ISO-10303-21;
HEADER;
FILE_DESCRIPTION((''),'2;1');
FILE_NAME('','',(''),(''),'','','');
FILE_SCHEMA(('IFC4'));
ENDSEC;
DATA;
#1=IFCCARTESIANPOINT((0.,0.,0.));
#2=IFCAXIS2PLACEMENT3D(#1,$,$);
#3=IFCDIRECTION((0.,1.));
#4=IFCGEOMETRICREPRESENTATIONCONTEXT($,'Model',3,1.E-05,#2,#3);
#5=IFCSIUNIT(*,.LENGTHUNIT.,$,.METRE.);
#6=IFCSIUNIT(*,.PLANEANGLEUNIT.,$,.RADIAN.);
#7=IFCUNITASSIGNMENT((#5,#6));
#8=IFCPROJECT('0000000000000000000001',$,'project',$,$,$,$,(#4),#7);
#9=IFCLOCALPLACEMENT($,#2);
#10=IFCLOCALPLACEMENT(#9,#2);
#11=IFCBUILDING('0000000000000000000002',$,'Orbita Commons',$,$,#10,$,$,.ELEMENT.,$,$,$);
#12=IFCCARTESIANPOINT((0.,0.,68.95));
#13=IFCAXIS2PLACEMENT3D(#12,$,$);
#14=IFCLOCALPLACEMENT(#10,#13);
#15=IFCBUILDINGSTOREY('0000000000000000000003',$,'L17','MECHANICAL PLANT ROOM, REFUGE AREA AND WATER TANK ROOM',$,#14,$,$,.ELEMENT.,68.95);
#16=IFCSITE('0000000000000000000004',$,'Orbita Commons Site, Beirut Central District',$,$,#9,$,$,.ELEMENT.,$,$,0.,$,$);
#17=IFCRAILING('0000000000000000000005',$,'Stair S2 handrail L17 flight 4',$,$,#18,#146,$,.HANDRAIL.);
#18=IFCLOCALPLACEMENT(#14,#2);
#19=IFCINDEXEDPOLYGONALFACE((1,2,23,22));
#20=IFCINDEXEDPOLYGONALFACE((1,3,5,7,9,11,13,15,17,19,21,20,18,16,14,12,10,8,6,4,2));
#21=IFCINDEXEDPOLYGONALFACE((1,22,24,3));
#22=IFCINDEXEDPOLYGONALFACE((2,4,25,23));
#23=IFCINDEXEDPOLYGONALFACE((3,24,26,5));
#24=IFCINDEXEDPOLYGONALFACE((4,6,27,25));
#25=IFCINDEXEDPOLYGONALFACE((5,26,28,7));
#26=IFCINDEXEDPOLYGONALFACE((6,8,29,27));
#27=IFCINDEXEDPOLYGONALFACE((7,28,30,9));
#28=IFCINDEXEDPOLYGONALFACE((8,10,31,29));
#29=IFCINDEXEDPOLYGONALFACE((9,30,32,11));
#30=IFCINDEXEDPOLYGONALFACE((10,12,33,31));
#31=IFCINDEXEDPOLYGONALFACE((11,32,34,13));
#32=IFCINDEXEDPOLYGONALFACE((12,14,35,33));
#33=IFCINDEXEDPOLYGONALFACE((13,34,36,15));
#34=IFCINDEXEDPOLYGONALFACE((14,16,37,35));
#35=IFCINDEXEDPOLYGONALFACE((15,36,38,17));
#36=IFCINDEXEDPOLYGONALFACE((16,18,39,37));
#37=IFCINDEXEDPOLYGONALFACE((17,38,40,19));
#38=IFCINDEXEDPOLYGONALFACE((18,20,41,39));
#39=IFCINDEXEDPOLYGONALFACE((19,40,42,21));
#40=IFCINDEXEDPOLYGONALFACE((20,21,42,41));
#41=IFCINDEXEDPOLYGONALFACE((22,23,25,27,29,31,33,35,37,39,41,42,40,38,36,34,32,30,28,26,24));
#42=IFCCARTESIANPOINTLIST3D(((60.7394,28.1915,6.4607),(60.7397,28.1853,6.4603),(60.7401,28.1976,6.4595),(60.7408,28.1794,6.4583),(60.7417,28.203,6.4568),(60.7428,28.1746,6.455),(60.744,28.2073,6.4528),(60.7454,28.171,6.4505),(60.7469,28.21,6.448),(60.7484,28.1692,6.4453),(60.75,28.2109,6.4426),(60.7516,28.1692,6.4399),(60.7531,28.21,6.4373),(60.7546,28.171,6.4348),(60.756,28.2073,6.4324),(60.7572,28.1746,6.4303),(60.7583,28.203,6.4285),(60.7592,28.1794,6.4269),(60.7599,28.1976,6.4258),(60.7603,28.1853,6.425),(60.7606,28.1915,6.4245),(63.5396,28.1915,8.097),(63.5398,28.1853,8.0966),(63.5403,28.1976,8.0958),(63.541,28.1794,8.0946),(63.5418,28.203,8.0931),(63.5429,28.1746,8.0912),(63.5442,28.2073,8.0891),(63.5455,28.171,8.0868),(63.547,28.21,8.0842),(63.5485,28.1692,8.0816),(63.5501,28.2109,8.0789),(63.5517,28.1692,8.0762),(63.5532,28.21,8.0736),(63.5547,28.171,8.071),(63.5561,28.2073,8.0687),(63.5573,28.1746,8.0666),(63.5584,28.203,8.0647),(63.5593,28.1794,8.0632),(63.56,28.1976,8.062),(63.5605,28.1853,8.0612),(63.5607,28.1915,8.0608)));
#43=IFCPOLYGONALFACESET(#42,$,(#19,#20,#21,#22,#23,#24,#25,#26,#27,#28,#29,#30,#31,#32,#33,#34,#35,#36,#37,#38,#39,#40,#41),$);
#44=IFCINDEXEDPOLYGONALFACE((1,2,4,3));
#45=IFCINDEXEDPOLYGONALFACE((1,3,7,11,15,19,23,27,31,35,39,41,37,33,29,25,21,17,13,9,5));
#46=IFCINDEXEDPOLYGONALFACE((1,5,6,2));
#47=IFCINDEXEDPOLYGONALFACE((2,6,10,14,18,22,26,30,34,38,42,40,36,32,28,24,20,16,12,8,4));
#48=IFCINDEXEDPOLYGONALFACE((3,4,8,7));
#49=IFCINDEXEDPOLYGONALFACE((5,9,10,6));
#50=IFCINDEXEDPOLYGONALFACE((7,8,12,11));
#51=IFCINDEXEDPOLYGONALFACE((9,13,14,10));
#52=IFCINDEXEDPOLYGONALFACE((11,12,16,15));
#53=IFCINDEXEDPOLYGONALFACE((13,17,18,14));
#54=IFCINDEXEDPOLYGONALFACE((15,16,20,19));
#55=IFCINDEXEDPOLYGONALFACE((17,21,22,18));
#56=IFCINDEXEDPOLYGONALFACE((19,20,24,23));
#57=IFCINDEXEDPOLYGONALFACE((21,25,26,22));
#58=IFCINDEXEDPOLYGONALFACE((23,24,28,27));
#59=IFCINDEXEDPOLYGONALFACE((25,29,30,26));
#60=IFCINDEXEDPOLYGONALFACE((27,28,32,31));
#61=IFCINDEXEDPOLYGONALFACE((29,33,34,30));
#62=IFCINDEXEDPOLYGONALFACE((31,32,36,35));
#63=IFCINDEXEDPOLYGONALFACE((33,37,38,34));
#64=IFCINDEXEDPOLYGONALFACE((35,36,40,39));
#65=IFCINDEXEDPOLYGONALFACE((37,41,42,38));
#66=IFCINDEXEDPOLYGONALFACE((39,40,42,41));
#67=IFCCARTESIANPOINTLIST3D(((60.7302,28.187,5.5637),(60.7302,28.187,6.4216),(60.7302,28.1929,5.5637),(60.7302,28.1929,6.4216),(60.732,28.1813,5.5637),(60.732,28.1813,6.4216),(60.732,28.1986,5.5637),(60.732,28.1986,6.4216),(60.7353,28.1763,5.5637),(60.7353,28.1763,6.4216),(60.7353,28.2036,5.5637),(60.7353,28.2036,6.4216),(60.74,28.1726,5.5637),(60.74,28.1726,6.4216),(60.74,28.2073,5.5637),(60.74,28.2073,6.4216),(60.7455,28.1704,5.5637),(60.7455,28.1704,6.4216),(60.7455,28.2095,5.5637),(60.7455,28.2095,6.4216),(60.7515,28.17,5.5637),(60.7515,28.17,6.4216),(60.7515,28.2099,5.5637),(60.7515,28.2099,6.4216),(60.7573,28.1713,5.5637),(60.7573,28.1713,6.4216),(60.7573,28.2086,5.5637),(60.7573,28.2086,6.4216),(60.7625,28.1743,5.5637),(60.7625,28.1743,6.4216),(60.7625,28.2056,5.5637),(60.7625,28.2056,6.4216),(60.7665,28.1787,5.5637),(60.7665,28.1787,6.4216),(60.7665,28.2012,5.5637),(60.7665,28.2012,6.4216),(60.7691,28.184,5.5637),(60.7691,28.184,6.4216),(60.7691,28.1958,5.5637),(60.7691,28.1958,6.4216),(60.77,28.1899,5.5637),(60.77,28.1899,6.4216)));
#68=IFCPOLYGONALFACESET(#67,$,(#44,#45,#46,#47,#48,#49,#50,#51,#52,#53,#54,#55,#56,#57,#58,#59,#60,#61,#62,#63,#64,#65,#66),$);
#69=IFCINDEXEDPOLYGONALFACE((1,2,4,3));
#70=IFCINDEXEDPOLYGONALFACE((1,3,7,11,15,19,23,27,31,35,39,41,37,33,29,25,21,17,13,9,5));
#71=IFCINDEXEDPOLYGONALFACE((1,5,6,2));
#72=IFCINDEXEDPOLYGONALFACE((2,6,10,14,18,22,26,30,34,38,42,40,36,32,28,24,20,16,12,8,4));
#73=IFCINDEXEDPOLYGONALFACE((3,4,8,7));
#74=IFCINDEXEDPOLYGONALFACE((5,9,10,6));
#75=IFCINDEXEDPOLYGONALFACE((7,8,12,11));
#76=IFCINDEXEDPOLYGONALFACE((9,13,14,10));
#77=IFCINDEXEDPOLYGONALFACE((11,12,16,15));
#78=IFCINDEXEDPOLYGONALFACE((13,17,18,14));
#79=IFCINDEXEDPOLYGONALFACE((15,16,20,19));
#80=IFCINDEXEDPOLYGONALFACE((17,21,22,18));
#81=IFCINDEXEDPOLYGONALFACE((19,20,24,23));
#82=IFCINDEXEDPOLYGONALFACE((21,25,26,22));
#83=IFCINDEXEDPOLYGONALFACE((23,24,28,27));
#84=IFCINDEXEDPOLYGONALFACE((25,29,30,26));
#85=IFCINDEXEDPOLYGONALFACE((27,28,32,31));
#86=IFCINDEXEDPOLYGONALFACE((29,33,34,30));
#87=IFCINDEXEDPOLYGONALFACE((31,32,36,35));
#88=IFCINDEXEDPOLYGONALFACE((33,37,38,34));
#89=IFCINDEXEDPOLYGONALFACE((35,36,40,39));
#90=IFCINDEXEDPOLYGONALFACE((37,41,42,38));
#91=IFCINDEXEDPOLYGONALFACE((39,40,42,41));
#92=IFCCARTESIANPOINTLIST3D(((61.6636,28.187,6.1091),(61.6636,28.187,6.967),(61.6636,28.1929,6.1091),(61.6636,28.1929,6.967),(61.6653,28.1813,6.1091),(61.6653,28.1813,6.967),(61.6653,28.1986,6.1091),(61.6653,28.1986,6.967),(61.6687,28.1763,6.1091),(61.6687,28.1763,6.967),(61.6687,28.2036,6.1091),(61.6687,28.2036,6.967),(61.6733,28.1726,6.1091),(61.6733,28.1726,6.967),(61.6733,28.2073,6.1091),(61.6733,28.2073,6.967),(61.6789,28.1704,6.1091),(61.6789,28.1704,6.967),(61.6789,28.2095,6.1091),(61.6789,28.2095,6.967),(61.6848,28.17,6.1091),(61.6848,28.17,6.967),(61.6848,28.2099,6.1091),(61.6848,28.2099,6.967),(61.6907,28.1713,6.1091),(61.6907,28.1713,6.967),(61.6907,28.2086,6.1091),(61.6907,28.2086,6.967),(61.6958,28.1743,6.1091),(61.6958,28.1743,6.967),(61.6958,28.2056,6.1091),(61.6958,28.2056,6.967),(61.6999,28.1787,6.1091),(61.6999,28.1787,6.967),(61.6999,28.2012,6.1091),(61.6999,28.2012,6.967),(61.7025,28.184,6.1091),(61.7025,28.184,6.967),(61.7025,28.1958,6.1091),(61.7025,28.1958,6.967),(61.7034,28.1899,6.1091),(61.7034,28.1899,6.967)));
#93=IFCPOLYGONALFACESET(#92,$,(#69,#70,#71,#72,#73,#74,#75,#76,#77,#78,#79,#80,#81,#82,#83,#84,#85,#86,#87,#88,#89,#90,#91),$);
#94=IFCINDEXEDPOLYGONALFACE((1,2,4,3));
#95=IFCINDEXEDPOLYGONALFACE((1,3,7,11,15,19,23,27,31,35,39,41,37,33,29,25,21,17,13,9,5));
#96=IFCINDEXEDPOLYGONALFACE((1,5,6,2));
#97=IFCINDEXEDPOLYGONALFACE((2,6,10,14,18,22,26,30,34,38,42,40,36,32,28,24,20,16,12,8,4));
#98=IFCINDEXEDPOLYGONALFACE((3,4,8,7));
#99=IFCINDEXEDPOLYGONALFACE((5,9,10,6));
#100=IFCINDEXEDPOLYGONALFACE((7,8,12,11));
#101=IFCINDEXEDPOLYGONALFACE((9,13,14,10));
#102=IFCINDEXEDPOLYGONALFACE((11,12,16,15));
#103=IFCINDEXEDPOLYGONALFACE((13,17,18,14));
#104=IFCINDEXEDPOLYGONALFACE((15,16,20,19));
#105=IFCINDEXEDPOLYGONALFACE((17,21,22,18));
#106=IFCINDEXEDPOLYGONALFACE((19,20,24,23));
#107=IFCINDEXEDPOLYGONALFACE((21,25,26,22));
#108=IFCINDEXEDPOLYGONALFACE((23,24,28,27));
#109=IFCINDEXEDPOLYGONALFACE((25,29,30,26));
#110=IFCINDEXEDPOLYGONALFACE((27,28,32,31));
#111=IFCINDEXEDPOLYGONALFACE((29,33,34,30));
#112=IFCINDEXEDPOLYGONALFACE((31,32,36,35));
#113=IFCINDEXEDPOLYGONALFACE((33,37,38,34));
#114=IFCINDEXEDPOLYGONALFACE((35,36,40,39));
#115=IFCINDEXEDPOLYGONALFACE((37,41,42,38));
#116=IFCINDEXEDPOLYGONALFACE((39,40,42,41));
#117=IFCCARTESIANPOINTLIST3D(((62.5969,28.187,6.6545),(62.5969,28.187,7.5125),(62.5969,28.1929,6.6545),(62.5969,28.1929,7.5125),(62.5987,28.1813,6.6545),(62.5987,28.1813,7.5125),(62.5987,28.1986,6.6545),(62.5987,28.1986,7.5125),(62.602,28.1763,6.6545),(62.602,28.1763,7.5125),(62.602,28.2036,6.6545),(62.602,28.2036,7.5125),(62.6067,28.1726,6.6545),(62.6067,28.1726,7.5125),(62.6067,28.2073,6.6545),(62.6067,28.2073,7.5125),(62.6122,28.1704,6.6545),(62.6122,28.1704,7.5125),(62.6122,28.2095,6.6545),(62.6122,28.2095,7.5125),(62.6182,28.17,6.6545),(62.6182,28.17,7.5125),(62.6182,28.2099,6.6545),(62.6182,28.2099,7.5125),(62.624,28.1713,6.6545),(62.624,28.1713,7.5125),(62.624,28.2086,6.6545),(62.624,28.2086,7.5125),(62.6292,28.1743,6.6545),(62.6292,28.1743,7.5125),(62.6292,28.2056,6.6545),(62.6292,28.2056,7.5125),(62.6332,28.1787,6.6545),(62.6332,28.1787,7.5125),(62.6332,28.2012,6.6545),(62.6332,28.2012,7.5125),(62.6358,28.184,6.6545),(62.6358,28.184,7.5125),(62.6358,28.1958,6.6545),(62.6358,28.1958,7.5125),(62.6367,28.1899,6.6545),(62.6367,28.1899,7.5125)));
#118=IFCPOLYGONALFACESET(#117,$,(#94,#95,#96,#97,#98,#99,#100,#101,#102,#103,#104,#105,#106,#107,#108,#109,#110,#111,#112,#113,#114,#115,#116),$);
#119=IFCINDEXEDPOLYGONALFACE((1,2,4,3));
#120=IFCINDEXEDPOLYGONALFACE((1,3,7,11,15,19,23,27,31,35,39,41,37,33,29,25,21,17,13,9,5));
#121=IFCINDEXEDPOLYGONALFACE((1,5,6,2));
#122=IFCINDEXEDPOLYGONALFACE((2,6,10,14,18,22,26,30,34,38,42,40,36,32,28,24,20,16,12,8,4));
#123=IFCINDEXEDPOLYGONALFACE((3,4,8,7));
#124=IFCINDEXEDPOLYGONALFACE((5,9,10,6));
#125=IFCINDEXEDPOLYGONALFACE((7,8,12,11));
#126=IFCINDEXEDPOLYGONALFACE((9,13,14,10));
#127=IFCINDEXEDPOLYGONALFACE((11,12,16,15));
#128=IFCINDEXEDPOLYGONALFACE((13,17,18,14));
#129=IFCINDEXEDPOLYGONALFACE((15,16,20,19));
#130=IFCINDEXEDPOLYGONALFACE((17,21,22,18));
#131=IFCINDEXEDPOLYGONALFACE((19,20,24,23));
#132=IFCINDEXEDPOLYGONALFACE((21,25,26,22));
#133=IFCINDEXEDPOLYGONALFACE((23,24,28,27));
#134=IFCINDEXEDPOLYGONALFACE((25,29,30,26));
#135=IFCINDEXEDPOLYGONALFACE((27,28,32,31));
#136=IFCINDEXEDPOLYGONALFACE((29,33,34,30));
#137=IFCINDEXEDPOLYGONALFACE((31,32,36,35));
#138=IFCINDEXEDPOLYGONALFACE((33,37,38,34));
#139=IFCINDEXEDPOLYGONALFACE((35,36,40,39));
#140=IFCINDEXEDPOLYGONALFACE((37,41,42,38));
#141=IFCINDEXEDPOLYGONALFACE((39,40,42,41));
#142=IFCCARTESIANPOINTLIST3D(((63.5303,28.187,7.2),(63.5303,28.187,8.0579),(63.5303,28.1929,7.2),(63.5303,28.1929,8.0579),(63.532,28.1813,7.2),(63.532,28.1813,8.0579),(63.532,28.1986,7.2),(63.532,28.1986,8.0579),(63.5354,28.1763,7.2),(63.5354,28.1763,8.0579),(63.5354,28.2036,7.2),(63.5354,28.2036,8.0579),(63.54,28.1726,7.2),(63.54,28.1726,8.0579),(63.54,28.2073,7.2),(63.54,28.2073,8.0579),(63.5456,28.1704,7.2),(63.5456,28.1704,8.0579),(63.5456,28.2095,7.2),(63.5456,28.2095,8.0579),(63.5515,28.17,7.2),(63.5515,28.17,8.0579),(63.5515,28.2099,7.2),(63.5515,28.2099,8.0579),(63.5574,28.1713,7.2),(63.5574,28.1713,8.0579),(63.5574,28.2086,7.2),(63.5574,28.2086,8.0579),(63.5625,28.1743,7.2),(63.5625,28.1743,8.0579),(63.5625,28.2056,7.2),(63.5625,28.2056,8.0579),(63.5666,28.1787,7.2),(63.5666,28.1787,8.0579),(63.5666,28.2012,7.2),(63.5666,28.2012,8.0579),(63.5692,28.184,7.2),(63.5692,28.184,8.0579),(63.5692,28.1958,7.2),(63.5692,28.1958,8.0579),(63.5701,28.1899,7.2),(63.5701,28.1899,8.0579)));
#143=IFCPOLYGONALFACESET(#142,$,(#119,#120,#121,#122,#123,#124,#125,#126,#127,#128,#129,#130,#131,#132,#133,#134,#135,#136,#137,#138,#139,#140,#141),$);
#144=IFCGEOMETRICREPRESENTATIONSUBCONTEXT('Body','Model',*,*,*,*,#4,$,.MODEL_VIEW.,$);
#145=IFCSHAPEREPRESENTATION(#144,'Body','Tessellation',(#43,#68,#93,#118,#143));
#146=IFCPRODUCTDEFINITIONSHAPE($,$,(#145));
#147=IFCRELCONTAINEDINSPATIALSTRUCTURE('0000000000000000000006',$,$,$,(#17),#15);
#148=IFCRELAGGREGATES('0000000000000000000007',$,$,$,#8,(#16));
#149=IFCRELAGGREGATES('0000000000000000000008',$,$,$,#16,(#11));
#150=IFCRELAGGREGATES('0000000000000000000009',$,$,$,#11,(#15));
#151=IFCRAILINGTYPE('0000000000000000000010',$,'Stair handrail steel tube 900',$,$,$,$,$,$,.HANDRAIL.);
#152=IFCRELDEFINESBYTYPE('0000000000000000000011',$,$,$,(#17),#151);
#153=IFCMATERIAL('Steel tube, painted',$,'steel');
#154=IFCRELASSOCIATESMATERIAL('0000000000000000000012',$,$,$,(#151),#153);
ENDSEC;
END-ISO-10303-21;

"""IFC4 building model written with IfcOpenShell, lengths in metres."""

from ifc_helpers import new_model, si_unit, direction, frame, origin, origin_2d, place, context, subcontext, project, spatial, circle, extrude, material, type_object, element, save


model = new_model("IFC4")

# Units and contexts
model_context = context("Model", 3, precision=1e-05, world=origin(), true_north=direction((0.0, 1.0)))
body_context = subcontext(model_context, "Body", "Model", "MODEL_VIEW")
ifc_project = project(units=[si_unit("LENGTHUNIT", "METRE"), si_unit("PLANEANGLEUNIT", "RADIAN")], contexts=[model_context])

# Site, building, storey
site_placement = place(None, origin())
site = spatial("IfcSite", under=ifc_project, at=site_placement, Name="Orbita Commons Site, Beirut Central District", CompositionType="ELEMENT", RefElevation=0.0)
building_placement = place(site_placement, origin())
building = spatial("IfcBuilding", under=site, at=building_placement, Name="Orbita Commons", CompositionType="ELEMENT")
storey_placement = place(building_placement, frame((0.0, 0.0, 68.95)))
storey = spatial("IfcBuildingStorey", under=building, at=storey_placement, Name="L17", Description="MECHANICAL PLANT ROOM, REFUGE AREA AND WATER TANK ROOM", CompositionType="ELEMENT", Elevation=68.95)

# Railing
ifc_material_1 = material(Name="Steel tube, painted", Category="steel")
railing_type = type_object("IfcRailingType", Name="Stair handrail steel tube 900", PredefinedType="HANDRAIL", material=ifc_material_1)
for number, where, name in (
    (1, (60.75, 28.1899, 5.5637), "Stair S2 handrail L17 flight 4"),
):
    element("IfcRailing", number, at=place(storey_placement, frame(where)), inside=storey, type_object=railing_type, Name=name, PredefinedType="HANDRAIL", context=body_context, shape_type="SweptSolid", body=[
        extrude(circle(Radius=0.021, at=origin_2d()), frame((0.0, 0.0, 0.8789), z_axis=(0.863394, 0.0, 0.504531), x_axis=(0.0, 1.0, 0.0)), (0.0, 0.0, 1.0), 3.2432),
        extrude(circle(Radius=0.02, at=origin_2d()), origin(), (0.0, 0.0, 1.0), 0.8579),
        extrude(circle(Radius=0.02, at=origin_2d()), frame((0.9333, 0.0, 0.5454)), (0.0, 0.0, 1.0), 0.8579),
        extrude(circle(Radius=0.02, at=origin_2d()), frame((1.8667, 0.0, 1.0908)), (0.0, 0.0, 1.0), 0.8579),
        extrude(circle(Radius=0.02, at=origin_2d()), frame((2.8, 0.0, 1.6362)), (0.0, 0.0, 1.0), 0.8579),
    ])

save(model, "model.ifc")
